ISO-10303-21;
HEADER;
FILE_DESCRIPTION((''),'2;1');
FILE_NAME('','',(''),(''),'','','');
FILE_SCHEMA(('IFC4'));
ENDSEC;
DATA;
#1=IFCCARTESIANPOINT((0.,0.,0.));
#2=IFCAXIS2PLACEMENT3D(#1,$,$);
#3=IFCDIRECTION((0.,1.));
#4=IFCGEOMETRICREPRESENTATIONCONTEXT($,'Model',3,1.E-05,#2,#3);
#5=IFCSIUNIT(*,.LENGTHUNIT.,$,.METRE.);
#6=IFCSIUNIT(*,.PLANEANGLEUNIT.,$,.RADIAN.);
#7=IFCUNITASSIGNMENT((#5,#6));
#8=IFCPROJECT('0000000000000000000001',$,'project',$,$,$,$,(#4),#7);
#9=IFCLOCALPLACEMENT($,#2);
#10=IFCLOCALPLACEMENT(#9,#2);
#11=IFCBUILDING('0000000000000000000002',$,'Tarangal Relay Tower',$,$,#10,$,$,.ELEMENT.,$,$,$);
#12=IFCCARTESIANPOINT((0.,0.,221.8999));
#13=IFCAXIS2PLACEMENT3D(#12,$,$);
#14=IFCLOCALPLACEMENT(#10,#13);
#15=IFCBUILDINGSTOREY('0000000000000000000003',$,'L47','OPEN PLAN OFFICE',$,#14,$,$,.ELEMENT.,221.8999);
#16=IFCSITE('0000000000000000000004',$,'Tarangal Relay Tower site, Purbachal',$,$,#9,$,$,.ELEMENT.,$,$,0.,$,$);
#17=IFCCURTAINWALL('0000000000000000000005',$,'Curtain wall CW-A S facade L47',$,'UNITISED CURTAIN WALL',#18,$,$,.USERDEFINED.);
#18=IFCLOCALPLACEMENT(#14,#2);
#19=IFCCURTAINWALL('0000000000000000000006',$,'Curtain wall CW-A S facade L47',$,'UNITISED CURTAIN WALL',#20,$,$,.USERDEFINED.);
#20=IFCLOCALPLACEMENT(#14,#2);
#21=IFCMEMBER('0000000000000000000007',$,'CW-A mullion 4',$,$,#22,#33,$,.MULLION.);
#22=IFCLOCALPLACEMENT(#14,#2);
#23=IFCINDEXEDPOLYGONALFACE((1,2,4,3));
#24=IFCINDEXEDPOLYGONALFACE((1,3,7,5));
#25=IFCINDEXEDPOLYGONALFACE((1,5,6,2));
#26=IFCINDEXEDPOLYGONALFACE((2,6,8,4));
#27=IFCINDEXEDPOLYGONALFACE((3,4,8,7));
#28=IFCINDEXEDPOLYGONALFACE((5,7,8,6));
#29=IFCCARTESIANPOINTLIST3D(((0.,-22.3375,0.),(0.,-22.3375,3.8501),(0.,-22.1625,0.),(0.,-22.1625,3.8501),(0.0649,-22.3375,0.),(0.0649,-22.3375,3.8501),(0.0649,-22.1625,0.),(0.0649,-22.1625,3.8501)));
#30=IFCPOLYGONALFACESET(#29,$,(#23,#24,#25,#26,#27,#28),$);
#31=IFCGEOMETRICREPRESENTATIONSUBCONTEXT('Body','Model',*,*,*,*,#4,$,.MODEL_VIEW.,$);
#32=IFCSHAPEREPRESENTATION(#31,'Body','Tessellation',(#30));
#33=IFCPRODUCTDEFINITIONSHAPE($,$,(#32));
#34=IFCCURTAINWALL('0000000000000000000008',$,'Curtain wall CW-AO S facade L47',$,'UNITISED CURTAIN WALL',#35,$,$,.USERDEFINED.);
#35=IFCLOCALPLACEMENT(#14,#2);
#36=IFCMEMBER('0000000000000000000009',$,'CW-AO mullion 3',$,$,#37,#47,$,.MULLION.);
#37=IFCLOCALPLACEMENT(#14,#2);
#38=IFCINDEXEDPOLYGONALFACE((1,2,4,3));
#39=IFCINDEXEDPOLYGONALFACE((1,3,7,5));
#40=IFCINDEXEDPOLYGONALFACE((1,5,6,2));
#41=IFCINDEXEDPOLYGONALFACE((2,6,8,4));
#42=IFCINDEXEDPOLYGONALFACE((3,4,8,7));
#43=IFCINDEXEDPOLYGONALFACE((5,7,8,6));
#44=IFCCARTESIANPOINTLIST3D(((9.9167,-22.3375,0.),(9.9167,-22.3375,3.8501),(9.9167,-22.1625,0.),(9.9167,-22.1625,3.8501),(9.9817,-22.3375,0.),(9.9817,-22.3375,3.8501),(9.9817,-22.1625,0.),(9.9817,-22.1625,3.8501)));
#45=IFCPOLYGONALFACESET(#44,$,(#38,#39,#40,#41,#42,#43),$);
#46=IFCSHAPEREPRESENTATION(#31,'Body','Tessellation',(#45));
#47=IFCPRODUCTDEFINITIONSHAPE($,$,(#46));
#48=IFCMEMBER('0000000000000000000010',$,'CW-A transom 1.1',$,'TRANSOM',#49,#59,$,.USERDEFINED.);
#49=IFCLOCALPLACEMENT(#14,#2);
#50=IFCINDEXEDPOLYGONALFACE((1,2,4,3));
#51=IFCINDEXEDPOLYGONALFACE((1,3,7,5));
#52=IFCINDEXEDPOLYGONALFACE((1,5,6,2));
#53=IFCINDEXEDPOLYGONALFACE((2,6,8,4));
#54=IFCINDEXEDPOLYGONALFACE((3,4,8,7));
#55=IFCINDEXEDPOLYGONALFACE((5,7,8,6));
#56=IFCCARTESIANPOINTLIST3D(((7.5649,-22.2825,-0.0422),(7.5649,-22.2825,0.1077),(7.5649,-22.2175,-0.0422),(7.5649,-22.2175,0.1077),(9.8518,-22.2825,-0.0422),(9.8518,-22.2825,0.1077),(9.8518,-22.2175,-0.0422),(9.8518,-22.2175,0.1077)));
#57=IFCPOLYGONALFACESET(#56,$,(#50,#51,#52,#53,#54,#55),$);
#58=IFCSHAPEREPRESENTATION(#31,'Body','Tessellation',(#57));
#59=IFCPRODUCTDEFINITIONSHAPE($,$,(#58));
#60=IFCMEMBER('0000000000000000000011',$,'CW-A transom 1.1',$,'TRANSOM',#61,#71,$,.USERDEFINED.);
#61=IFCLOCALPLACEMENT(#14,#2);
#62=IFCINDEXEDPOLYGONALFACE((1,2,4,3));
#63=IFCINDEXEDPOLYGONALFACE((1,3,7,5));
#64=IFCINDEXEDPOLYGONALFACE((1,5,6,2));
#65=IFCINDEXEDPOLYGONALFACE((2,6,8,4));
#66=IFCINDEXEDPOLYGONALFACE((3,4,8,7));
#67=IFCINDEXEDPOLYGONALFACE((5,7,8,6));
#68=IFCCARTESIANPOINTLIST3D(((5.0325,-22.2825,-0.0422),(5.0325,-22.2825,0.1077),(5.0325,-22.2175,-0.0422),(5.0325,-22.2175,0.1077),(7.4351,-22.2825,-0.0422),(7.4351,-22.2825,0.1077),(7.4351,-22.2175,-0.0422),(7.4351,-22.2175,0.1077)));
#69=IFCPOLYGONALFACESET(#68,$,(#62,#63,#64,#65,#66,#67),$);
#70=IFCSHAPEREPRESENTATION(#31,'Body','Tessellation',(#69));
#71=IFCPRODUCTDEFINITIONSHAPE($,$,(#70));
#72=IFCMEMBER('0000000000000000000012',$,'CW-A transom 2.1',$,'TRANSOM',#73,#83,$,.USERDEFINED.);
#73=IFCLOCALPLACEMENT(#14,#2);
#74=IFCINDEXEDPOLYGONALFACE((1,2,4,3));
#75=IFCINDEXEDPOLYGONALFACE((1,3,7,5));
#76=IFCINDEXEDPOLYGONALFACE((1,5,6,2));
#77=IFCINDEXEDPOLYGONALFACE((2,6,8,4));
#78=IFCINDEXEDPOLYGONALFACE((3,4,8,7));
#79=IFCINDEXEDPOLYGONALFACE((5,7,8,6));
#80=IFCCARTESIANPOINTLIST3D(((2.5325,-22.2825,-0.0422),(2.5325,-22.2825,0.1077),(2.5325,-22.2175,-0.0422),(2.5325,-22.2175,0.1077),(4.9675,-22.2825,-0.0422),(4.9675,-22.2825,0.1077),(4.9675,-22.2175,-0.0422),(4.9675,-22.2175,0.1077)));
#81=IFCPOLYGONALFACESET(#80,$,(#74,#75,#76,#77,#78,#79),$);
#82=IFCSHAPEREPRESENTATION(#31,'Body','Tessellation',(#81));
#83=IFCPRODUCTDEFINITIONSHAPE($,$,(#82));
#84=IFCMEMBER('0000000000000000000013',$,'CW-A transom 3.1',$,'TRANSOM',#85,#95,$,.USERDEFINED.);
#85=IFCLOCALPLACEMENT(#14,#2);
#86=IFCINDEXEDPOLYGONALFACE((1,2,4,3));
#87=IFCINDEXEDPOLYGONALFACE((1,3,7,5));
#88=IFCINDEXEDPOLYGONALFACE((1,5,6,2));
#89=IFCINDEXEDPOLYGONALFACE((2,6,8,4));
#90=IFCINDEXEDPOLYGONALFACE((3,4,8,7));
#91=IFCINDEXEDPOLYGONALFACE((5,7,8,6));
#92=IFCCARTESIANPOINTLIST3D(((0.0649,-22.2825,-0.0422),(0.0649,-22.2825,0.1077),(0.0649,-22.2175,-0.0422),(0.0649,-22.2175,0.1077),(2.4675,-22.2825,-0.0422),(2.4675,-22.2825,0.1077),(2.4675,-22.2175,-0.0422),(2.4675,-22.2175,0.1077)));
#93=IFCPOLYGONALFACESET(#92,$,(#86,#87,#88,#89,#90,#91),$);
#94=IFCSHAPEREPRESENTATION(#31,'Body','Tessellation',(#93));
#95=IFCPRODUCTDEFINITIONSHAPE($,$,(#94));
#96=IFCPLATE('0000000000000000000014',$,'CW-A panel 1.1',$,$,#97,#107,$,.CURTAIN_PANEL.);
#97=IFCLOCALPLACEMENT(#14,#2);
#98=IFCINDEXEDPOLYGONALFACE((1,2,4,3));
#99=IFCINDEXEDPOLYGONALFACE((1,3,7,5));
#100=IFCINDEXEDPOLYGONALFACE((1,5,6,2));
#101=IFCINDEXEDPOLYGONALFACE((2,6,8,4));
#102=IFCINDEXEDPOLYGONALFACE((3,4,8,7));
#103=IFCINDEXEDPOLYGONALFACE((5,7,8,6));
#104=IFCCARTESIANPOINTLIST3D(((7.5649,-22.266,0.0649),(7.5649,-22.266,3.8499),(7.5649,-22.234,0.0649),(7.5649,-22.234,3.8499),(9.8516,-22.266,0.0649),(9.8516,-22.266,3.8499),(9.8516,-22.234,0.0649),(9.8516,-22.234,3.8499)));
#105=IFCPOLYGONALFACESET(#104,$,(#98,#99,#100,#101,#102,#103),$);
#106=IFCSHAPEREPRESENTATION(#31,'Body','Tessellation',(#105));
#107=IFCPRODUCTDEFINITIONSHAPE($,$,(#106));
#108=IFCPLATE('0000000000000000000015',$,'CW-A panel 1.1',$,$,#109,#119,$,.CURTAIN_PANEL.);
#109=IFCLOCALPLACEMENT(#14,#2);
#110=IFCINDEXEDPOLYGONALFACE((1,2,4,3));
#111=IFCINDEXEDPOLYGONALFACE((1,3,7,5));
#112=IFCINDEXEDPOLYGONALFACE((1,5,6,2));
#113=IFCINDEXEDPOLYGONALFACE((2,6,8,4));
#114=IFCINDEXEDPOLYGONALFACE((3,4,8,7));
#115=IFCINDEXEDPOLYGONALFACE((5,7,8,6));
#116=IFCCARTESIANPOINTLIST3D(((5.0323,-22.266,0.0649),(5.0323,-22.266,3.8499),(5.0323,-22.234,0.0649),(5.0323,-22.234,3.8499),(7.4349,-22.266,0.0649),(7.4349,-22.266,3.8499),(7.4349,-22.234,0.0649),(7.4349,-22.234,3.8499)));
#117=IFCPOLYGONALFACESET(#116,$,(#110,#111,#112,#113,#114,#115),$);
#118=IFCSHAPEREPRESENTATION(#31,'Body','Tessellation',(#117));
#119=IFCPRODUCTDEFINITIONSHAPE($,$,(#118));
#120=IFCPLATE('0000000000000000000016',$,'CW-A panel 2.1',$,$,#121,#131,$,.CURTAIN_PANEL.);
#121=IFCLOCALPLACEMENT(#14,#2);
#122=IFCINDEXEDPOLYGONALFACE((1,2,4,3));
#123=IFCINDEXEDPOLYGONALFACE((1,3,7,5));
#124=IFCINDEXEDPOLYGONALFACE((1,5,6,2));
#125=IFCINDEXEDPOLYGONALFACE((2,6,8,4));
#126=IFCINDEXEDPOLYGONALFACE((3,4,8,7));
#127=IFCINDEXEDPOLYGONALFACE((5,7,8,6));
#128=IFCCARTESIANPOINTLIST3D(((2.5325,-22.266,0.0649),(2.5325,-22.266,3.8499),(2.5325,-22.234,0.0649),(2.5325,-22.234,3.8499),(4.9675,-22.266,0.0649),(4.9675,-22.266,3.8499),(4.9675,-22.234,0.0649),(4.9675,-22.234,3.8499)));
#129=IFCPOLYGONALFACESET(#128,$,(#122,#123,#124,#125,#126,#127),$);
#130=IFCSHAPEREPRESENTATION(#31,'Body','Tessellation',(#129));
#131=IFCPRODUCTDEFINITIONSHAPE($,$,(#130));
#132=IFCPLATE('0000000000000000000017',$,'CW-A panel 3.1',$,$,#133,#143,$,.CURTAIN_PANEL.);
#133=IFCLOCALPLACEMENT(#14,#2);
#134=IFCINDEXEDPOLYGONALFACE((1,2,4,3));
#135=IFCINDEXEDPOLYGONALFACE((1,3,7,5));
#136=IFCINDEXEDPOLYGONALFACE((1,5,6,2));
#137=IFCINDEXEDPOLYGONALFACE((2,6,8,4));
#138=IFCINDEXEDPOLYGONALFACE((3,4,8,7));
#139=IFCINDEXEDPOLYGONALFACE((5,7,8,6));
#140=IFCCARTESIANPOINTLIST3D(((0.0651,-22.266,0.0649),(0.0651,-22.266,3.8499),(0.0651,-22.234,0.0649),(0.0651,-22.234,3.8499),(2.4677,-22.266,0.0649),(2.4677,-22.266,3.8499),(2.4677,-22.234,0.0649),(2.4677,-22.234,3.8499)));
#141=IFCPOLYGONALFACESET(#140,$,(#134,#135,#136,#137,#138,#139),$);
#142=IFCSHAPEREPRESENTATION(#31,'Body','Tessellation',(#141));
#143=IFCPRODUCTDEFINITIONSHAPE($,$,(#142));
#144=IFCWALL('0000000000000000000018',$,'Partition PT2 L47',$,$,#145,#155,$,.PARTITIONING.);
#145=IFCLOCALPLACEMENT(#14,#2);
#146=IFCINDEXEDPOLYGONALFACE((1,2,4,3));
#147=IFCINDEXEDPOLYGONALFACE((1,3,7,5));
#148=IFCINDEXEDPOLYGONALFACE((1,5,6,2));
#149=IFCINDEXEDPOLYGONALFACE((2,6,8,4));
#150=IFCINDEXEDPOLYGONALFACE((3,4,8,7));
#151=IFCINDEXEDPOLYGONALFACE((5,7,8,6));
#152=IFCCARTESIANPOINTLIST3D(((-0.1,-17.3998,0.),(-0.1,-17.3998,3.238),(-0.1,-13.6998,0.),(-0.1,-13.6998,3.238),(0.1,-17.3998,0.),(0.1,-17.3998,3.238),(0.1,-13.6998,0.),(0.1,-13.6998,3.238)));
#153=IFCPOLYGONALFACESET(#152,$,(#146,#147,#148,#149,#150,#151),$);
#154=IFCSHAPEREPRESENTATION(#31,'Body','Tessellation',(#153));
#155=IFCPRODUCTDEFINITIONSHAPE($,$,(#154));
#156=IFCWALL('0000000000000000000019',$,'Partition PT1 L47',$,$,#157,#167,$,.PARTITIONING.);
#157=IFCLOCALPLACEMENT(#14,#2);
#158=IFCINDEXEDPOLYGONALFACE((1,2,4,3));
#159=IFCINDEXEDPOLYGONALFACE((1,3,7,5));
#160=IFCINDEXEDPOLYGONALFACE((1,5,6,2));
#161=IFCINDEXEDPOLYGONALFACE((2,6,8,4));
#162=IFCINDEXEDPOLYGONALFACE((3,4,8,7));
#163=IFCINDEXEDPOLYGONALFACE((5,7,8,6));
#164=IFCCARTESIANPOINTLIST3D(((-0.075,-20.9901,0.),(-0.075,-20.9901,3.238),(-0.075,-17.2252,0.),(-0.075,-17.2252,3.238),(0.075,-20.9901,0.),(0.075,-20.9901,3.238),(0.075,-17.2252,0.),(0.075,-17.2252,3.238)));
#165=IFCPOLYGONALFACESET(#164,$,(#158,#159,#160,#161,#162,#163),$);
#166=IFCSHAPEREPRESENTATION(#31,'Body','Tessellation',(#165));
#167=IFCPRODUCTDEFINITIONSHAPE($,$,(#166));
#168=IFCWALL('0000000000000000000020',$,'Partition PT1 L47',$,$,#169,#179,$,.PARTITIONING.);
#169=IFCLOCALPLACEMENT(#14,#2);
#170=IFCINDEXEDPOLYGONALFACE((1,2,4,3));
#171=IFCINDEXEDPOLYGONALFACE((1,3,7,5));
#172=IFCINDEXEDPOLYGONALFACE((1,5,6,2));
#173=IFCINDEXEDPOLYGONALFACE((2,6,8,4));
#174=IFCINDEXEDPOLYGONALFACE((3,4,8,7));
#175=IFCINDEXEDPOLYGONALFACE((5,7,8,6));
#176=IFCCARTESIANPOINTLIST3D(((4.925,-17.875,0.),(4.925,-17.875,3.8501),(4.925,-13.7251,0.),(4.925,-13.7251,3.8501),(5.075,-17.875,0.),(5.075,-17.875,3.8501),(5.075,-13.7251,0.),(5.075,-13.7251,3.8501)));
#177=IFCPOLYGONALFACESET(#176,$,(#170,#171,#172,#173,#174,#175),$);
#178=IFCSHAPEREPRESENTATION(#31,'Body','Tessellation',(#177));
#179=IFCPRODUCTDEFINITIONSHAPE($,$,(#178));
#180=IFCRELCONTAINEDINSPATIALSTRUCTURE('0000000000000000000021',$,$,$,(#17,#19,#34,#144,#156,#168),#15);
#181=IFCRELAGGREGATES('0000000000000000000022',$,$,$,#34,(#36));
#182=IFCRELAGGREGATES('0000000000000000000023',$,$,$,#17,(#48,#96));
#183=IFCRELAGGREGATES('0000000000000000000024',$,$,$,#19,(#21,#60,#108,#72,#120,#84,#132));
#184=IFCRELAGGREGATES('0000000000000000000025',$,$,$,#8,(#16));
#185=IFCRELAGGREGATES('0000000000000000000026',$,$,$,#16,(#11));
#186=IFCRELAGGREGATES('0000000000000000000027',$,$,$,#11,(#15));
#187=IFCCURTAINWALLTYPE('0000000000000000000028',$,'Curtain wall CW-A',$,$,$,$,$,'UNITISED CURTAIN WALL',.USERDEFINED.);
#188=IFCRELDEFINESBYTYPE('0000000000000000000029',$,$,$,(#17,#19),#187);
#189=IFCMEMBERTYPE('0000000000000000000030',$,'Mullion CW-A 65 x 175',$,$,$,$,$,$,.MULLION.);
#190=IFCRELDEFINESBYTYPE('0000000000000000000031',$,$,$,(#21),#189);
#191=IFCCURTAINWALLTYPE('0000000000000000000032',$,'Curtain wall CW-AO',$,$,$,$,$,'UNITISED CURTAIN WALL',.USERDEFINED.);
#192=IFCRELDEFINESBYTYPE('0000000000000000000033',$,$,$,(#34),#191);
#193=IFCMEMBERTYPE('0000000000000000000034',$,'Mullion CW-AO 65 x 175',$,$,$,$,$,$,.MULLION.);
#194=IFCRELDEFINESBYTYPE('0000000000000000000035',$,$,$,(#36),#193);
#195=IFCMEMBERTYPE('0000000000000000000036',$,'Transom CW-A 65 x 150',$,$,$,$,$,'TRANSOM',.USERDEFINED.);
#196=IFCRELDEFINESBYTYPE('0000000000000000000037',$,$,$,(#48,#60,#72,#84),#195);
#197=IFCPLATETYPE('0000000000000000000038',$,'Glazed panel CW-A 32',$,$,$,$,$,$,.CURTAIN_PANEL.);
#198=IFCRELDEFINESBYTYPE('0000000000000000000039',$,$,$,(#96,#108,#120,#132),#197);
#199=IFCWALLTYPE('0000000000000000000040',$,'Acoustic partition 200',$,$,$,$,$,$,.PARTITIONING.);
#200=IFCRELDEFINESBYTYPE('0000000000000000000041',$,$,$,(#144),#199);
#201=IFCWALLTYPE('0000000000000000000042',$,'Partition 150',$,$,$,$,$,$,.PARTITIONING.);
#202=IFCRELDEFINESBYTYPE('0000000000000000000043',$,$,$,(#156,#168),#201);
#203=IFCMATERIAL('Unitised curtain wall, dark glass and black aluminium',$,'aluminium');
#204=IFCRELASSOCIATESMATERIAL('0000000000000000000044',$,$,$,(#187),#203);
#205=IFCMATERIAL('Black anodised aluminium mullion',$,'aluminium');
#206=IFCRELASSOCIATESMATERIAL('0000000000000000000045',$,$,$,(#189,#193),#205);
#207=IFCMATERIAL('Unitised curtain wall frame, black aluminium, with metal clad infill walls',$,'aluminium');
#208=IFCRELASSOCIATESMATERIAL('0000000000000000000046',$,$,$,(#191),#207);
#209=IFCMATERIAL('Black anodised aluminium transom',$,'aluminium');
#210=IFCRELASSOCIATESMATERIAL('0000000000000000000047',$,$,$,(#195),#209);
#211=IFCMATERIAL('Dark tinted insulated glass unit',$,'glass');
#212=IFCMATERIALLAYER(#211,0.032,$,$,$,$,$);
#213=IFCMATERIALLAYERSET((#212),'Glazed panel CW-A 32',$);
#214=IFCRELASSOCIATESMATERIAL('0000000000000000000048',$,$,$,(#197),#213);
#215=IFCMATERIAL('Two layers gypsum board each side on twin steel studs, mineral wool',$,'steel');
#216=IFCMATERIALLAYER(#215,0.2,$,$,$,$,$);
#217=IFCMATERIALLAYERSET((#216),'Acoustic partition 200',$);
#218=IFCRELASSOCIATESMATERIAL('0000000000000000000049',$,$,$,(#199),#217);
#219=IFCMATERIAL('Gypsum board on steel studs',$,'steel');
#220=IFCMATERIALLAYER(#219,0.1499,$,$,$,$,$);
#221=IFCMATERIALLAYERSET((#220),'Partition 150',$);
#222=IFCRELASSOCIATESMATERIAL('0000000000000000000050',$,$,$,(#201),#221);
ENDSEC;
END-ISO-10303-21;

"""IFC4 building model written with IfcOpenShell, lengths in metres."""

from ifc_helpers import new_model, si_unit, direction, frame, frame_2d, origin, origin_2d, place, context, subcontext, project, spatial, rectangle, extrude, material, layer, layer_set, material_profile, profile_set, type_object, element, aggregate, save


model = new_model("IFC4")

# Units and contexts
model_context = context("Model", 3, precision=1e-05, world=origin(), true_north=direction((0.0, 1.0)))
body_context = subcontext(model_context, "Body", "Model", "MODEL_VIEW")
ifc_project = project(units=[si_unit("LENGTHUNIT", "METRE"), si_unit("PLANEANGLEUNIT", "RADIAN")], contexts=[model_context])

# Site, building, storey
site_placement = place(None, origin())
site = spatial("IfcSite", under=ifc_project, at=site_placement, Name="Tarangal Relay Tower site, Purbachal", CompositionType="ELEMENT", RefElevation=0.0)
building_placement = place(site_placement, origin())
building = spatial("IfcBuilding", under=site, at=building_placement, Name="Tarangal Relay Tower", CompositionType="ELEMENT")
storey_placement = place(building_placement, frame((0.0, 0.0, 221.8999)))
storey = spatial("IfcBuildingStorey", under=building, at=storey_placement, Name="L47", Description="OPEN PLAN OFFICE", CompositionType="ELEMENT", Elevation=221.8999)

# Curtain walls, member
ifc_material_1 = material(Name="Unitised curtain wall, dark glass and black aluminium", Category="aluminium")
curtain_wall_type_1 = type_object("IfcCurtainWallType", Name="Curtain wall CW-A", ElementType="UNITISED CURTAIN WALL", PredefinedType="USERDEFINED", material=ifc_material_1)
curtain_wall_1_placement = place(storey_placement, origin())
curtain_wall_1 = element("IfcCurtainWall", 1, at=curtain_wall_1_placement, inside=storey, type_object=curtain_wall_type_1, Name="Curtain wall CW-A S facade L47", ObjectType="UNITISED CURTAIN WALL", PredefinedType="USERDEFINED")
ifc_material_2 = material(Name="Black anodised aluminium mullion", Category="aluminium")
ifc_material_profile_1 = material_profile(ifc_material_2, rectangle(XDim=0.175, YDim=0.0649, at=origin_2d()), Name="CW-AM 65X175")
ifc_profile_set_1 = profile_set([ifc_material_profile_1], Name="Black anodised aluminium mullion")
member_type_1 = type_object("IfcMemberType", Name="Mullion CW-A 65 x 175", PredefinedType="MULLION", material=ifc_profile_set_1)
curtain_wall_2_placement = place(storey_placement, origin())
curtain_wall_2 = element("IfcCurtainWall", 2, at=curtain_wall_2_placement, inside=storey, type_object=curtain_wall_type_1, Name="Curtain wall CW-A S facade L47", ObjectType="UNITISED CURTAIN WALL", PredefinedType="USERDEFINED")
member_1_placement = place(storey_placement, frame((0.0325, -22.25, 0.0), z_axis=(0.0, 0.0, 1.0), x_axis=(0.0, -1.0, 0.0)))
member_1 = element("IfcMember", 3, at=member_1_placement, type_object=member_type_1, Name="CW-A mullion 4", PredefinedType="MULLION", context=body_context, shape_type="SweptSolid", body=[
    extrude(rectangle(XDim=0.175, YDim=0.0649, at=origin_2d()), origin(), (0.0, 0.0, 1.0), 3.8501),
])

# Curtain wall, member
ifc_material_3 = material(Name="Unitised curtain wall frame, black aluminium, with metal clad infill walls", Category="aluminium")
curtain_wall_type_2 = type_object("IfcCurtainWallType", Name="Curtain wall CW-AO", ElementType="UNITISED CURTAIN WALL", PredefinedType="USERDEFINED", material=ifc_material_3)
curtain_wall_3_placement = place(storey_placement, origin())
curtain_wall_3 = element("IfcCurtainWall", 4, at=curtain_wall_3_placement, inside=storey, type_object=curtain_wall_type_2, Name="Curtain wall CW-AO S facade L47", ObjectType="UNITISED CURTAIN WALL", PredefinedType="USERDEFINED")
ifc_material_profile_2 = material_profile(ifc_material_2, rectangle(XDim=0.175, YDim=0.0649, at=origin_2d()), Name="CW-AOM 65X175")
ifc_profile_set_2 = profile_set([ifc_material_profile_2], Name="Black anodised aluminium mullion")
member_type_2 = type_object("IfcMemberType", Name="Mullion CW-AO 65 x 175", PredefinedType="MULLION", material=ifc_profile_set_2)
member_2_placement = place(storey_placement, frame((9.9492, -22.25, 0.0), z_axis=(0.0, 0.0, 1.0), x_axis=(0.0, -1.0, 0.0)))
member_2 = element("IfcMember", 5, at=member_2_placement, type_object=member_type_2, Name="CW-AO mullion 3", PredefinedType="MULLION", context=body_context, shape_type="SweptSolid", body=[
    extrude(rectangle(XDim=0.175, YDim=0.0649, at=origin_2d()), origin(), (0.0, 0.0, 1.0), 3.8501),
])
aggregate(curtain_wall_3, [member_2])

# Members
ifc_material_4 = material(Name="Black anodised aluminium transom", Category="aluminium")
ifc_material_profile_3 = material_profile(ifc_material_4, rectangle(XDim=0.0649, YDim=0.1499, at=origin_2d()), Name="CW-AT 65X150")
ifc_profile_set_3 = profile_set([ifc_material_profile_3], Name="Black anodised aluminium transom")
member_type_3 = type_object("IfcMemberType", Name="Transom CW-A 65 x 150", ElementType="TRANSOM", PredefinedType="USERDEFINED", material=ifc_profile_set_3)
member_3_placement = place(storey_placement, frame((9.8518, -22.25, 0.0327), z_axis=(-1.0, 0.0, 0.0), x_axis=(0.0, -1.0, 0.0)))
member_3 = element("IfcMember", 6, at=member_3_placement, type_object=member_type_3, Name="CW-A transom 1.1", ObjectType="TRANSOM", PredefinedType="USERDEFINED", context=body_context, shape_type="SweptSolid", body=[
    extrude(rectangle(XDim=0.0649, YDim=0.1499, at=origin_2d()), origin(), (0.0, 0.0, 1.0), 2.2869),
])
member_4_placement = place(storey_placement, frame((7.4351, -22.25, 0.0327), z_axis=(-1.0, 0.0, 0.0), x_axis=(0.0, -1.0, 0.0)))
member_4 = element("IfcMember", 7, at=member_4_placement, type_object=member_type_3, Name="CW-A transom 1.1", ObjectType="TRANSOM", PredefinedType="USERDEFINED", context=body_context, shape_type="SweptSolid", body=[
    extrude(rectangle(XDim=0.0649, YDim=0.1499, at=origin_2d()), origin(), (0.0, 0.0, 1.0), 2.4026),
])
member_5_placement = place(storey_placement, frame((4.9675, -22.25, 0.0327), z_axis=(-1.0, 0.0, 0.0), x_axis=(0.0, -1.0, 0.0)))
member_5 = element("IfcMember", 8, at=member_5_placement, type_object=member_type_3, Name="CW-A transom 2.1", ObjectType="TRANSOM", PredefinedType="USERDEFINED", context=body_context, shape_type="SweptSolid", body=[
    extrude(rectangle(XDim=0.0649, YDim=0.1499, at=origin_2d()), origin(), (0.0, 0.0, 1.0), 2.4351),
])
member_6_placement = place(storey_placement, frame((2.4675, -22.25, 0.0327), z_axis=(-1.0, 0.0, 0.0), x_axis=(0.0, -1.0, 0.0)))
member_6 = element("IfcMember", 9, at=member_6_placement, type_object=member_type_3, Name="CW-A transom 3.1", ObjectType="TRANSOM", PredefinedType="USERDEFINED", context=body_context, shape_type="SweptSolid", body=[
    extrude(rectangle(XDim=0.0649, YDim=0.1499, at=origin_2d()), origin(), (0.0, 0.0, 1.0), 2.4026),
])

# Plates
ifc_material_5 = material(Name="Dark tinted insulated glass unit", Category="glass")
ifc_layer_1 = layer(ifc_material_5, 0.032)
ifc_layer_set_1 = layer_set([ifc_layer_1], Name="Glazed panel CW-A 32")
plate_type = type_object("IfcPlateType", Name="Glazed panel CW-A 32", PredefinedType="CURTAIN_PANEL", material=ifc_layer_set_1)
plate_1_placement = place(storey_placement, frame((8.7083, -22.25, 0.0649), z_axis=(0.0, 0.0, 1.0), x_axis=(-1.0, 0.0, 0.0)))
plate_1 = element("IfcPlate", 10, at=plate_1_placement, type_object=plate_type, Name="CW-A panel 1.1", PredefinedType="CURTAIN_PANEL", context=body_context, shape_type="SweptSolid", body=[
    extrude(rectangle(XDim=2.2866, YDim=0.032, at=origin_2d()), origin(), (0.0, 0.0, 1.0), 3.7849),
])
aggregate(curtain_wall_1, [member_3, plate_1])
plate_2_placement = place(storey_placement, frame((6.2336, -22.25, 0.0649), z_axis=(0.0, 0.0, 1.0), x_axis=(-1.0, 0.0, 0.0)))
plate_2 = element("IfcPlate", 11, at=plate_2_placement, type_object=plate_type, Name="CW-A panel 1.1", PredefinedType="CURTAIN_PANEL", context=body_context, shape_type="SweptSolid", body=[
    extrude(rectangle(XDim=2.4026, YDim=0.032, at=origin_2d()), origin(), (0.0, 0.0, 1.0), 3.7849),
])
plate_3_placement = place(storey_placement, frame((3.75, -22.25, 0.0649), z_axis=(0.0, 0.0, 1.0), x_axis=(-1.0, 0.0, 0.0)))
plate_3 = element("IfcPlate", 12, at=plate_3_placement, type_object=plate_type, Name="CW-A panel 2.1", PredefinedType="CURTAIN_PANEL", context=body_context, shape_type="SweptSolid", body=[
    extrude(rectangle(XDim=2.4351, YDim=0.032, at=origin_2d()), origin(), (0.0, 0.0, 1.0), 3.7849),
])
plate_4_placement = place(storey_placement, frame((1.2664, -22.25, 0.0649), z_axis=(0.0, 0.0, 1.0), x_axis=(-1.0, 0.0, 0.0)))
plate_4 = element("IfcPlate", 13, at=plate_4_placement, type_object=plate_type, Name="CW-A panel 3.1", PredefinedType="CURTAIN_PANEL", context=body_context, shape_type="SweptSolid", body=[
    extrude(rectangle(XDim=2.4026, YDim=0.032, at=origin_2d()), origin(), (0.0, 0.0, 1.0), 3.7849),
])
aggregate(curtain_wall_2, [member_1, member_4, plate_2, member_5, plate_3, member_6, plate_4])

# Walls
ifc_material_6 = material(Name="Two layers gypsum board each side on twin steel studs, mineral wool", Category="steel")
ifc_layer_2 = layer(ifc_material_6, 0.2)
ifc_layer_set_2 = layer_set([ifc_layer_2], Name="Acoustic partition 200")
wall_type_1 = type_object("IfcWallType", Name="Acoustic partition 200", PredefinedType="PARTITIONING", material=ifc_layer_set_2)
wall_1_placement = place(storey_placement, frame((0.0, -17.3999, 0.0), z_axis=(0.0, 0.0, 1.0), x_axis=(0.0, 1.0, 0.0)))
element("IfcWall", 14, at=wall_1_placement, inside=storey, type_object=wall_type_1, Name="Partition PT2 L47", PredefinedType="PARTITIONING", context=body_context, shape_type="SweptSolid", body=[
    extrude(rectangle(XDim=3.7, YDim=0.2, at=frame_2d((1.8501, 0.0))), origin(), (0.0, 0.0, 1.0), 3.238),
])
ifc_material_7 = material(Name="Gypsum board on steel studs", Category="steel")
ifc_layer_3 = layer(ifc_material_7, 0.1499)
ifc_layer_set_3 = layer_set([ifc_layer_3], Name="Partition 150")
wall_type_2 = type_object("IfcWallType", Name="Partition 150", PredefinedType="PARTITIONING", material=ifc_layer_set_3)
wall_2_placement = place(storey_placement, frame((0.0, -20.99, 0.0), z_axis=(0.0, 0.0, 1.0), x_axis=(0.0, 1.0, 0.0)))
element("IfcWall", 15, at=wall_2_placement, inside=storey, type_object=wall_type_2, Name="Partition PT1 L47", PredefinedType="PARTITIONING", context=body_context, shape_type="SweptSolid", body=[
    extrude(rectangle(XDim=3.7649, YDim=0.1499, at=frame_2d((1.8823, 0.0))), origin(), (0.0, 0.0, 1.0), 3.238),
])
wall_3_placement = place(storey_placement, frame((5.0, -17.875, 0.0), z_axis=(0.0, 0.0, 1.0), x_axis=(0.0, 1.0, 0.0)))
element("IfcWall", 16, at=wall_3_placement, inside=storey, type_object=wall_type_2, Name="Partition PT1 L47", PredefinedType="PARTITIONING", context=body_context, shape_type="SweptSolid", body=[
    extrude(rectangle(XDim=4.1499, YDim=0.1499, at=frame_2d((2.075, 0.0))), origin(), (0.0, 0.0, 1.0), 3.8501),
])

save(model, "model.ifc")
